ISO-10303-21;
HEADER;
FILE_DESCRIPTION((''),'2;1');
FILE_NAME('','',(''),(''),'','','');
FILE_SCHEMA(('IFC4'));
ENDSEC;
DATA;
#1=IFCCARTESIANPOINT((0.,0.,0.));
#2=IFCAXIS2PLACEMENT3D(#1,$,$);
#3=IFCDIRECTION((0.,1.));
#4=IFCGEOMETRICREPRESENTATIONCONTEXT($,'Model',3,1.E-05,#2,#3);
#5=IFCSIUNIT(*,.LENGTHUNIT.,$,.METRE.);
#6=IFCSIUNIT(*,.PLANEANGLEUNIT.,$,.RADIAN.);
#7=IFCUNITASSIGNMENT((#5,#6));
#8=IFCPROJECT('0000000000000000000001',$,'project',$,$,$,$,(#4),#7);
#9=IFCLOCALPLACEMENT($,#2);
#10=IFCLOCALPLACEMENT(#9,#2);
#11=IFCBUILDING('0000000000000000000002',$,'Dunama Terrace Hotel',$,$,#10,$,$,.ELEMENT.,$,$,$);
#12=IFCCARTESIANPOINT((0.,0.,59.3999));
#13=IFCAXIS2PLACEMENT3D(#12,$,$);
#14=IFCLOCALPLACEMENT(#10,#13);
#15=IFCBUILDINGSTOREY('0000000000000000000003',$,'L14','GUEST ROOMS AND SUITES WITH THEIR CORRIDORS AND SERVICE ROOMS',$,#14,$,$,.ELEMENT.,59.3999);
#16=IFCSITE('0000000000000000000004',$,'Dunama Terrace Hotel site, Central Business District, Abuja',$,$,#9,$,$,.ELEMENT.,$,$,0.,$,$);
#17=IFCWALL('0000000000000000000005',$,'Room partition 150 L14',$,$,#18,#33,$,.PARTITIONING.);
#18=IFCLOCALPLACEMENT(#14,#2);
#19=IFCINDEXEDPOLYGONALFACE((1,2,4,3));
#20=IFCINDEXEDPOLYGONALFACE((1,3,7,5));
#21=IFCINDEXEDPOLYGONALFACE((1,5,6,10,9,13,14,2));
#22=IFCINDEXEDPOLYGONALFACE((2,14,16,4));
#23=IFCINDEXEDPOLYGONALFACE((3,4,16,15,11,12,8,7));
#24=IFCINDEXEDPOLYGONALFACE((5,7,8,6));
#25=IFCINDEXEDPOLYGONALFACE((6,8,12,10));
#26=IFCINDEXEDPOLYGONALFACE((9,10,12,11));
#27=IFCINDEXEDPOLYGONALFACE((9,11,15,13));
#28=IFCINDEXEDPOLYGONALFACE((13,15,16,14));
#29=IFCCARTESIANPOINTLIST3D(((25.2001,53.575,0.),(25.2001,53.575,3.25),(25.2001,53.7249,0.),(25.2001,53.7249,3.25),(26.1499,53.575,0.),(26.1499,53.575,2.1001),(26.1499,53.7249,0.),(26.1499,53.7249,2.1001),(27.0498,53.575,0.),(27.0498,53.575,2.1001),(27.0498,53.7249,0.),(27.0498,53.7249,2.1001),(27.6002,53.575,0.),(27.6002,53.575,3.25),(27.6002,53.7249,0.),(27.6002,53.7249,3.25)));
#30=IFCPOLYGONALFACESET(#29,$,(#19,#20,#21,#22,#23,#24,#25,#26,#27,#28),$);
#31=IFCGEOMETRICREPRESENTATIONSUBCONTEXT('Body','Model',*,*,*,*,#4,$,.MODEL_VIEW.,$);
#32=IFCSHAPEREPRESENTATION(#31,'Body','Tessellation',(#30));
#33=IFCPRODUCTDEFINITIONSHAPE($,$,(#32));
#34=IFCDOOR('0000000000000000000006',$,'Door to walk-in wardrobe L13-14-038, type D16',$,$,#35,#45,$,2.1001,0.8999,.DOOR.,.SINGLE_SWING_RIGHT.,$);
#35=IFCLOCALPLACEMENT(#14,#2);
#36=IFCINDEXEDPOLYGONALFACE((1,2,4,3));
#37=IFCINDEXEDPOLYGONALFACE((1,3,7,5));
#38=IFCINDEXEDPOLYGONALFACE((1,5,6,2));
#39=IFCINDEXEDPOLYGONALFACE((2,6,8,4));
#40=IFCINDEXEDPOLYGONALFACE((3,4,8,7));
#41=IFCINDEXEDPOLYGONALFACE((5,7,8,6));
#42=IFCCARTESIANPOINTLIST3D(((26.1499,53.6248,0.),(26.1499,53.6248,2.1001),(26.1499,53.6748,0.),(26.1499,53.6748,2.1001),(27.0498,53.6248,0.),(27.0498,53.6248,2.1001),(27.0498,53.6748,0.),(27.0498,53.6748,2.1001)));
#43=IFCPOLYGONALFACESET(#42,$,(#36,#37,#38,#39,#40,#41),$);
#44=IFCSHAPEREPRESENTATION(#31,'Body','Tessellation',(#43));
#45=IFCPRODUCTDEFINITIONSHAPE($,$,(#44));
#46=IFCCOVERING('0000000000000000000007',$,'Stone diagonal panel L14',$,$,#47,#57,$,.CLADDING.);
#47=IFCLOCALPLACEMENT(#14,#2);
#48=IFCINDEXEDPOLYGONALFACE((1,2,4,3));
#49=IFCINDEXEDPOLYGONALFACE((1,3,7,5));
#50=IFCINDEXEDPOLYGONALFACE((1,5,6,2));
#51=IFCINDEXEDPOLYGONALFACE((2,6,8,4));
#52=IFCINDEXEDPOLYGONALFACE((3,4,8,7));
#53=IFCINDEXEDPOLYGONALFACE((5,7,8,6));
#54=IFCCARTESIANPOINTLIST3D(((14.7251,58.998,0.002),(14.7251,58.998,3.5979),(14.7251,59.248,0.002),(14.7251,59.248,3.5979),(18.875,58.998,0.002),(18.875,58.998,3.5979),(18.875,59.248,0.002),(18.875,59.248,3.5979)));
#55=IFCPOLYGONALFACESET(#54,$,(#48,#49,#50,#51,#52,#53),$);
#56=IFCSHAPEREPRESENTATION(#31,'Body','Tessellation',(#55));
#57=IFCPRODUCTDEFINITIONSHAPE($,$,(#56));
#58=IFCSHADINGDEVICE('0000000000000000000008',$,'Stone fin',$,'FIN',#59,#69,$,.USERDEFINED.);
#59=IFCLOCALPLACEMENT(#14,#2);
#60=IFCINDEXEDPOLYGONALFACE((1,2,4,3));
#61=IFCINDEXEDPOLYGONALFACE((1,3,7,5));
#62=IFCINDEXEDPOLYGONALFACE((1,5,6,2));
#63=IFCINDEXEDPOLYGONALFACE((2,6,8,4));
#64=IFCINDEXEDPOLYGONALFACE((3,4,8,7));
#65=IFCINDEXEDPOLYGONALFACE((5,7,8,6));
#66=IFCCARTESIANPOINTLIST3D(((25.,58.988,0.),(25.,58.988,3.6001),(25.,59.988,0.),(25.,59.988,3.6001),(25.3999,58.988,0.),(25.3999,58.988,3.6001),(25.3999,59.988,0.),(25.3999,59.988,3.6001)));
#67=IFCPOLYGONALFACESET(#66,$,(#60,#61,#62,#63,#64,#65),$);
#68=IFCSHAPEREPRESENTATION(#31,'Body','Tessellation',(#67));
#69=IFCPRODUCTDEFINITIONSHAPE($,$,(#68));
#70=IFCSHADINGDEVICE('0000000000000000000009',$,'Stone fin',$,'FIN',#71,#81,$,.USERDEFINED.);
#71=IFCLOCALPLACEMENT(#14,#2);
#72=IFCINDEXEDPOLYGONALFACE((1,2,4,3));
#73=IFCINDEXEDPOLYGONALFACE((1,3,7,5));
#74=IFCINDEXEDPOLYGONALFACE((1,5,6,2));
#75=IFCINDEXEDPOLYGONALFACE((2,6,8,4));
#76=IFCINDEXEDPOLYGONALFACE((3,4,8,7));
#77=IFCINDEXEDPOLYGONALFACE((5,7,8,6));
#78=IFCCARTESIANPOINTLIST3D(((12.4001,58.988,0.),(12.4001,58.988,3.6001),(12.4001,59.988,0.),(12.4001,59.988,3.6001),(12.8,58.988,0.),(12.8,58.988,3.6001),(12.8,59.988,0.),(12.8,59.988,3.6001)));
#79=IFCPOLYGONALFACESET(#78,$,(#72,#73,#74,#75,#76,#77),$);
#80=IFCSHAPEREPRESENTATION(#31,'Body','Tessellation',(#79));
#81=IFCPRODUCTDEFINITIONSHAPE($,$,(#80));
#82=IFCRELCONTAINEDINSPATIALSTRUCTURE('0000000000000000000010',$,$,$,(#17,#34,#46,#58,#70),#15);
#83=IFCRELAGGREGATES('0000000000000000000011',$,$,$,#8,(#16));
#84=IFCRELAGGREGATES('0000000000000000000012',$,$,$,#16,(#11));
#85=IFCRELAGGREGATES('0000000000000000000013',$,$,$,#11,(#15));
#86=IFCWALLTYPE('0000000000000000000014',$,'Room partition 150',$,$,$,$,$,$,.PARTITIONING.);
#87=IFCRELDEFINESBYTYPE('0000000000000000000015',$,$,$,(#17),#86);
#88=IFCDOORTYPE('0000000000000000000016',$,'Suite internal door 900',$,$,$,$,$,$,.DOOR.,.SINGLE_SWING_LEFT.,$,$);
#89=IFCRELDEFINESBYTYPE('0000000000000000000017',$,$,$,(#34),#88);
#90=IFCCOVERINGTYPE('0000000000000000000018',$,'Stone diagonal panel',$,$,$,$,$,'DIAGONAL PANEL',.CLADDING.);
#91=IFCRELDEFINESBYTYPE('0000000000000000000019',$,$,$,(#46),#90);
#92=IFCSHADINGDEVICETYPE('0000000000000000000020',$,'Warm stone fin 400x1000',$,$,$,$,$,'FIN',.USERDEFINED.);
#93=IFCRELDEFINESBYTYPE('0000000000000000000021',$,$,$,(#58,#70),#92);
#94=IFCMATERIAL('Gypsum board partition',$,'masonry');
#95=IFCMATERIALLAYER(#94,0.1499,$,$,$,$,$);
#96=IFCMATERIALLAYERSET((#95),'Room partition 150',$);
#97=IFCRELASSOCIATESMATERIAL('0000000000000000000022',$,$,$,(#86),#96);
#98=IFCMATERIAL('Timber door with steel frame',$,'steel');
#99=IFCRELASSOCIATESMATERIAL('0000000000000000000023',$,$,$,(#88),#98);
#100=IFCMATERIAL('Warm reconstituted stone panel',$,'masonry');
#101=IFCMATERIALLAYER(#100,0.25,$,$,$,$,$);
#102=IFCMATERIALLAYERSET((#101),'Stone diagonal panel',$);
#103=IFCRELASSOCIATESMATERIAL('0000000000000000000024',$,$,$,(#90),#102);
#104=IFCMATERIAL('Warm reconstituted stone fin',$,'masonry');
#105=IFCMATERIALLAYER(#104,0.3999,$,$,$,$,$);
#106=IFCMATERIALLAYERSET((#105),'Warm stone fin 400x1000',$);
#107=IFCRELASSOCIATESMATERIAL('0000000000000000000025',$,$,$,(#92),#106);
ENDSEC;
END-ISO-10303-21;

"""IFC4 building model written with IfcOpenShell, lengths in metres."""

from ifc_helpers import new_model, si_unit, direction, frame, frame_2d, origin, origin_2d, place, context, subcontext, project, spatial, rectangle, extrude, material, layer, layer_set, type_object, element, fill, save


model = new_model("IFC4")

# Units and contexts
model_context = context("Model", 3, precision=1e-05, world=origin(), true_north=direction((0.0, 1.0)))
body_context = subcontext(model_context, "Body", "Model", "MODEL_VIEW")
ifc_project = project(units=[si_unit("LENGTHUNIT", "METRE"), si_unit("PLANEANGLEUNIT", "RADIAN")], contexts=[model_context])

# Site, building, storey
site_placement = place(None, origin())
site = spatial("IfcSite", under=ifc_project, at=site_placement, Name="Dunama Terrace Hotel site, Central Business District, Abuja", CompositionType="ELEMENT", RefElevation=0.0)
building_placement = place(site_placement, origin())
building = spatial("IfcBuilding", under=site, at=building_placement, Name="Dunama Terrace Hotel", CompositionType="ELEMENT")
storey_placement = place(building_placement, frame((0.0, 0.0, 59.3999)))
storey = spatial("IfcBuildingStorey", under=building, at=storey_placement, Name="L14", Description="GUEST ROOMS AND SUITES WITH THEIR CORRIDORS AND SERVICE ROOMS", CompositionType="ELEMENT", Elevation=59.3999)

# Shared definitions
ifc_material_1 = material(Name="Gypsum board partition", Category="masonry")
ifc_layer_1 = layer(ifc_material_1, 0.1499)
ifc_layer_set_1 = layer_set([ifc_layer_1], Name="Room partition 150")
wall_type_1 = type_object("IfcWallType", Name="Room partition 150", PredefinedType="PARTITIONING", material=ifc_layer_set_1)

# Wall, opening, door
ifc_material_2 = material(Name="Timber door with steel frame", Category="steel")
door_type_1 = type_object("IfcDoorType", Name="Suite internal door 900", OperationType="SINGLE_SWING_LEFT", PredefinedType="DOOR", material=ifc_material_2)
wall_1_placement = place(storey_placement, frame((25.2, 53.6499, 0.0), z_axis=(0.0, 0.0, 1.0), x_axis=(1.0, 0.0, 0.0)))
wall_1 = element("IfcWall", 1, at=wall_1_placement, inside=storey, type_object=wall_type_1, Name="Room partition 150 L14", PredefinedType="PARTITIONING", context=body_context, shape_type="SweptSolid", body=[
    extrude(rectangle(XDim=2.4001, YDim=0.1499, at=frame_2d((1.2002, 0.0))), origin(), (0.0, 0.0, 1.0), 3.25),
])
opening_1_placement = place(wall_1_placement, frame((0.95, 0.0, 0.0)))
opening_1 = element("IfcOpeningElement", 2, at=opening_1_placement, cuts=wall_1, PredefinedType="OPENING", context=body_context, shape_type="SweptSolid", body=[
    extrude(rectangle(XDim=0.8999, YDim=2.1001, at=frame_2d((0.45, 1.05))), frame((0.0, 0.085, 0.0), z_axis=(0.0, -1.0, 0.0), x_axis=(1.0, 0.0, 0.0)), (0.0, 0.0, 1.0), 0.1699),
])
door_1_placement = place(opening_1_placement, frame((0.8999, 0.0, 0.0), z_axis=(0.0, 0.0, 1.0), x_axis=(-1.0, 0.0, 0.0)))
door_1 = element("IfcDoor", 3, at=door_1_placement, inside=storey, type_object=door_type_1, Name="Door to walk-in wardrobe L13-14-038, type D16", OperationType="SINGLE_SWING_RIGHT", OverallHeight=2.1001, OverallWidth=0.8999, PredefinedType="DOOR", context=body_context, shape_type="SweptSolid", body=[
    extrude(rectangle(XDim=0.8999, YDim=2.1001, at=frame_2d((0.45, 1.05))), frame((0.0, 0.0251, 0.0), z_axis=(0.0, -1.0, 0.0), x_axis=(1.0, 0.0, 0.0)), (0.0, 0.0, 1.0), 0.05),
])
fill(opening_1, door_1)

# Covering
ifc_material_3 = material(Name="Warm reconstituted stone panel", Category="masonry")
ifc_layer_2 = layer(ifc_material_3, 0.25)
ifc_layer_set_2 = layer_set([ifc_layer_2], Name="Stone diagonal panel")
covering_type = type_object("IfcCoveringType", Name="Stone diagonal panel", ElementType="DIAGONAL PANEL", PredefinedType="CLADDING", material=ifc_layer_set_2)
covering_placement = place(storey_placement, frame((16.8, 59.123, 0.002), z_axis=(0.0, 0.0, 1.0), x_axis=(-1.0, 0.0, 0.0)))
element("IfcCovering", 4, at=covering_placement, inside=storey, type_object=covering_type, Name="Stone diagonal panel L14", PredefinedType="CLADDING", context=body_context, shape_type="SweptSolid", body=[
    extrude(rectangle(XDim=4.1499, YDim=0.25, at=origin_2d()), origin(), (0.0, 0.0, 1.0), 3.5959),
])

# Shading devices
ifc_material_4 = material(Name="Warm reconstituted stone fin", Category="masonry")
ifc_layer_3 = layer(ifc_material_4, 0.3999)
ifc_layer_set_3 = layer_set([ifc_layer_3], Name="Warm stone fin 400x1000")
shading_device_type = type_object("IfcShadingDeviceType", Name="Warm stone fin 400x1000", ElementType="FIN", PredefinedType="USERDEFINED", material=ifc_layer_set_3)
for number, where, z_axis, x_axis, name in (
    (5, (25.2, 59.488, 0.0), (0.0, 0.0, 1.0), (-1.0, 0.0, 0.0), "Stone fin"),
    (6, (12.6001, 59.488, 0.0), (0.0, 0.0, 1.0), (-1.0, 0.0, 0.0), "Stone fin"),
):
    element("IfcShadingDevice", number, at=place(storey_placement, frame(where, z_axis=z_axis, x_axis=x_axis)), inside=storey, type_object=shading_device_type, Name=name, ObjectType="FIN", PredefinedType="USERDEFINED", context=body_context, shape_type="SweptSolid", body=[
        extrude(rectangle(XDim=0.3999, YDim=1.0, at=origin_2d()), origin(), (0.0, 0.0, 1.0), 3.6001),
    ])

save(model, "model.ifc")
